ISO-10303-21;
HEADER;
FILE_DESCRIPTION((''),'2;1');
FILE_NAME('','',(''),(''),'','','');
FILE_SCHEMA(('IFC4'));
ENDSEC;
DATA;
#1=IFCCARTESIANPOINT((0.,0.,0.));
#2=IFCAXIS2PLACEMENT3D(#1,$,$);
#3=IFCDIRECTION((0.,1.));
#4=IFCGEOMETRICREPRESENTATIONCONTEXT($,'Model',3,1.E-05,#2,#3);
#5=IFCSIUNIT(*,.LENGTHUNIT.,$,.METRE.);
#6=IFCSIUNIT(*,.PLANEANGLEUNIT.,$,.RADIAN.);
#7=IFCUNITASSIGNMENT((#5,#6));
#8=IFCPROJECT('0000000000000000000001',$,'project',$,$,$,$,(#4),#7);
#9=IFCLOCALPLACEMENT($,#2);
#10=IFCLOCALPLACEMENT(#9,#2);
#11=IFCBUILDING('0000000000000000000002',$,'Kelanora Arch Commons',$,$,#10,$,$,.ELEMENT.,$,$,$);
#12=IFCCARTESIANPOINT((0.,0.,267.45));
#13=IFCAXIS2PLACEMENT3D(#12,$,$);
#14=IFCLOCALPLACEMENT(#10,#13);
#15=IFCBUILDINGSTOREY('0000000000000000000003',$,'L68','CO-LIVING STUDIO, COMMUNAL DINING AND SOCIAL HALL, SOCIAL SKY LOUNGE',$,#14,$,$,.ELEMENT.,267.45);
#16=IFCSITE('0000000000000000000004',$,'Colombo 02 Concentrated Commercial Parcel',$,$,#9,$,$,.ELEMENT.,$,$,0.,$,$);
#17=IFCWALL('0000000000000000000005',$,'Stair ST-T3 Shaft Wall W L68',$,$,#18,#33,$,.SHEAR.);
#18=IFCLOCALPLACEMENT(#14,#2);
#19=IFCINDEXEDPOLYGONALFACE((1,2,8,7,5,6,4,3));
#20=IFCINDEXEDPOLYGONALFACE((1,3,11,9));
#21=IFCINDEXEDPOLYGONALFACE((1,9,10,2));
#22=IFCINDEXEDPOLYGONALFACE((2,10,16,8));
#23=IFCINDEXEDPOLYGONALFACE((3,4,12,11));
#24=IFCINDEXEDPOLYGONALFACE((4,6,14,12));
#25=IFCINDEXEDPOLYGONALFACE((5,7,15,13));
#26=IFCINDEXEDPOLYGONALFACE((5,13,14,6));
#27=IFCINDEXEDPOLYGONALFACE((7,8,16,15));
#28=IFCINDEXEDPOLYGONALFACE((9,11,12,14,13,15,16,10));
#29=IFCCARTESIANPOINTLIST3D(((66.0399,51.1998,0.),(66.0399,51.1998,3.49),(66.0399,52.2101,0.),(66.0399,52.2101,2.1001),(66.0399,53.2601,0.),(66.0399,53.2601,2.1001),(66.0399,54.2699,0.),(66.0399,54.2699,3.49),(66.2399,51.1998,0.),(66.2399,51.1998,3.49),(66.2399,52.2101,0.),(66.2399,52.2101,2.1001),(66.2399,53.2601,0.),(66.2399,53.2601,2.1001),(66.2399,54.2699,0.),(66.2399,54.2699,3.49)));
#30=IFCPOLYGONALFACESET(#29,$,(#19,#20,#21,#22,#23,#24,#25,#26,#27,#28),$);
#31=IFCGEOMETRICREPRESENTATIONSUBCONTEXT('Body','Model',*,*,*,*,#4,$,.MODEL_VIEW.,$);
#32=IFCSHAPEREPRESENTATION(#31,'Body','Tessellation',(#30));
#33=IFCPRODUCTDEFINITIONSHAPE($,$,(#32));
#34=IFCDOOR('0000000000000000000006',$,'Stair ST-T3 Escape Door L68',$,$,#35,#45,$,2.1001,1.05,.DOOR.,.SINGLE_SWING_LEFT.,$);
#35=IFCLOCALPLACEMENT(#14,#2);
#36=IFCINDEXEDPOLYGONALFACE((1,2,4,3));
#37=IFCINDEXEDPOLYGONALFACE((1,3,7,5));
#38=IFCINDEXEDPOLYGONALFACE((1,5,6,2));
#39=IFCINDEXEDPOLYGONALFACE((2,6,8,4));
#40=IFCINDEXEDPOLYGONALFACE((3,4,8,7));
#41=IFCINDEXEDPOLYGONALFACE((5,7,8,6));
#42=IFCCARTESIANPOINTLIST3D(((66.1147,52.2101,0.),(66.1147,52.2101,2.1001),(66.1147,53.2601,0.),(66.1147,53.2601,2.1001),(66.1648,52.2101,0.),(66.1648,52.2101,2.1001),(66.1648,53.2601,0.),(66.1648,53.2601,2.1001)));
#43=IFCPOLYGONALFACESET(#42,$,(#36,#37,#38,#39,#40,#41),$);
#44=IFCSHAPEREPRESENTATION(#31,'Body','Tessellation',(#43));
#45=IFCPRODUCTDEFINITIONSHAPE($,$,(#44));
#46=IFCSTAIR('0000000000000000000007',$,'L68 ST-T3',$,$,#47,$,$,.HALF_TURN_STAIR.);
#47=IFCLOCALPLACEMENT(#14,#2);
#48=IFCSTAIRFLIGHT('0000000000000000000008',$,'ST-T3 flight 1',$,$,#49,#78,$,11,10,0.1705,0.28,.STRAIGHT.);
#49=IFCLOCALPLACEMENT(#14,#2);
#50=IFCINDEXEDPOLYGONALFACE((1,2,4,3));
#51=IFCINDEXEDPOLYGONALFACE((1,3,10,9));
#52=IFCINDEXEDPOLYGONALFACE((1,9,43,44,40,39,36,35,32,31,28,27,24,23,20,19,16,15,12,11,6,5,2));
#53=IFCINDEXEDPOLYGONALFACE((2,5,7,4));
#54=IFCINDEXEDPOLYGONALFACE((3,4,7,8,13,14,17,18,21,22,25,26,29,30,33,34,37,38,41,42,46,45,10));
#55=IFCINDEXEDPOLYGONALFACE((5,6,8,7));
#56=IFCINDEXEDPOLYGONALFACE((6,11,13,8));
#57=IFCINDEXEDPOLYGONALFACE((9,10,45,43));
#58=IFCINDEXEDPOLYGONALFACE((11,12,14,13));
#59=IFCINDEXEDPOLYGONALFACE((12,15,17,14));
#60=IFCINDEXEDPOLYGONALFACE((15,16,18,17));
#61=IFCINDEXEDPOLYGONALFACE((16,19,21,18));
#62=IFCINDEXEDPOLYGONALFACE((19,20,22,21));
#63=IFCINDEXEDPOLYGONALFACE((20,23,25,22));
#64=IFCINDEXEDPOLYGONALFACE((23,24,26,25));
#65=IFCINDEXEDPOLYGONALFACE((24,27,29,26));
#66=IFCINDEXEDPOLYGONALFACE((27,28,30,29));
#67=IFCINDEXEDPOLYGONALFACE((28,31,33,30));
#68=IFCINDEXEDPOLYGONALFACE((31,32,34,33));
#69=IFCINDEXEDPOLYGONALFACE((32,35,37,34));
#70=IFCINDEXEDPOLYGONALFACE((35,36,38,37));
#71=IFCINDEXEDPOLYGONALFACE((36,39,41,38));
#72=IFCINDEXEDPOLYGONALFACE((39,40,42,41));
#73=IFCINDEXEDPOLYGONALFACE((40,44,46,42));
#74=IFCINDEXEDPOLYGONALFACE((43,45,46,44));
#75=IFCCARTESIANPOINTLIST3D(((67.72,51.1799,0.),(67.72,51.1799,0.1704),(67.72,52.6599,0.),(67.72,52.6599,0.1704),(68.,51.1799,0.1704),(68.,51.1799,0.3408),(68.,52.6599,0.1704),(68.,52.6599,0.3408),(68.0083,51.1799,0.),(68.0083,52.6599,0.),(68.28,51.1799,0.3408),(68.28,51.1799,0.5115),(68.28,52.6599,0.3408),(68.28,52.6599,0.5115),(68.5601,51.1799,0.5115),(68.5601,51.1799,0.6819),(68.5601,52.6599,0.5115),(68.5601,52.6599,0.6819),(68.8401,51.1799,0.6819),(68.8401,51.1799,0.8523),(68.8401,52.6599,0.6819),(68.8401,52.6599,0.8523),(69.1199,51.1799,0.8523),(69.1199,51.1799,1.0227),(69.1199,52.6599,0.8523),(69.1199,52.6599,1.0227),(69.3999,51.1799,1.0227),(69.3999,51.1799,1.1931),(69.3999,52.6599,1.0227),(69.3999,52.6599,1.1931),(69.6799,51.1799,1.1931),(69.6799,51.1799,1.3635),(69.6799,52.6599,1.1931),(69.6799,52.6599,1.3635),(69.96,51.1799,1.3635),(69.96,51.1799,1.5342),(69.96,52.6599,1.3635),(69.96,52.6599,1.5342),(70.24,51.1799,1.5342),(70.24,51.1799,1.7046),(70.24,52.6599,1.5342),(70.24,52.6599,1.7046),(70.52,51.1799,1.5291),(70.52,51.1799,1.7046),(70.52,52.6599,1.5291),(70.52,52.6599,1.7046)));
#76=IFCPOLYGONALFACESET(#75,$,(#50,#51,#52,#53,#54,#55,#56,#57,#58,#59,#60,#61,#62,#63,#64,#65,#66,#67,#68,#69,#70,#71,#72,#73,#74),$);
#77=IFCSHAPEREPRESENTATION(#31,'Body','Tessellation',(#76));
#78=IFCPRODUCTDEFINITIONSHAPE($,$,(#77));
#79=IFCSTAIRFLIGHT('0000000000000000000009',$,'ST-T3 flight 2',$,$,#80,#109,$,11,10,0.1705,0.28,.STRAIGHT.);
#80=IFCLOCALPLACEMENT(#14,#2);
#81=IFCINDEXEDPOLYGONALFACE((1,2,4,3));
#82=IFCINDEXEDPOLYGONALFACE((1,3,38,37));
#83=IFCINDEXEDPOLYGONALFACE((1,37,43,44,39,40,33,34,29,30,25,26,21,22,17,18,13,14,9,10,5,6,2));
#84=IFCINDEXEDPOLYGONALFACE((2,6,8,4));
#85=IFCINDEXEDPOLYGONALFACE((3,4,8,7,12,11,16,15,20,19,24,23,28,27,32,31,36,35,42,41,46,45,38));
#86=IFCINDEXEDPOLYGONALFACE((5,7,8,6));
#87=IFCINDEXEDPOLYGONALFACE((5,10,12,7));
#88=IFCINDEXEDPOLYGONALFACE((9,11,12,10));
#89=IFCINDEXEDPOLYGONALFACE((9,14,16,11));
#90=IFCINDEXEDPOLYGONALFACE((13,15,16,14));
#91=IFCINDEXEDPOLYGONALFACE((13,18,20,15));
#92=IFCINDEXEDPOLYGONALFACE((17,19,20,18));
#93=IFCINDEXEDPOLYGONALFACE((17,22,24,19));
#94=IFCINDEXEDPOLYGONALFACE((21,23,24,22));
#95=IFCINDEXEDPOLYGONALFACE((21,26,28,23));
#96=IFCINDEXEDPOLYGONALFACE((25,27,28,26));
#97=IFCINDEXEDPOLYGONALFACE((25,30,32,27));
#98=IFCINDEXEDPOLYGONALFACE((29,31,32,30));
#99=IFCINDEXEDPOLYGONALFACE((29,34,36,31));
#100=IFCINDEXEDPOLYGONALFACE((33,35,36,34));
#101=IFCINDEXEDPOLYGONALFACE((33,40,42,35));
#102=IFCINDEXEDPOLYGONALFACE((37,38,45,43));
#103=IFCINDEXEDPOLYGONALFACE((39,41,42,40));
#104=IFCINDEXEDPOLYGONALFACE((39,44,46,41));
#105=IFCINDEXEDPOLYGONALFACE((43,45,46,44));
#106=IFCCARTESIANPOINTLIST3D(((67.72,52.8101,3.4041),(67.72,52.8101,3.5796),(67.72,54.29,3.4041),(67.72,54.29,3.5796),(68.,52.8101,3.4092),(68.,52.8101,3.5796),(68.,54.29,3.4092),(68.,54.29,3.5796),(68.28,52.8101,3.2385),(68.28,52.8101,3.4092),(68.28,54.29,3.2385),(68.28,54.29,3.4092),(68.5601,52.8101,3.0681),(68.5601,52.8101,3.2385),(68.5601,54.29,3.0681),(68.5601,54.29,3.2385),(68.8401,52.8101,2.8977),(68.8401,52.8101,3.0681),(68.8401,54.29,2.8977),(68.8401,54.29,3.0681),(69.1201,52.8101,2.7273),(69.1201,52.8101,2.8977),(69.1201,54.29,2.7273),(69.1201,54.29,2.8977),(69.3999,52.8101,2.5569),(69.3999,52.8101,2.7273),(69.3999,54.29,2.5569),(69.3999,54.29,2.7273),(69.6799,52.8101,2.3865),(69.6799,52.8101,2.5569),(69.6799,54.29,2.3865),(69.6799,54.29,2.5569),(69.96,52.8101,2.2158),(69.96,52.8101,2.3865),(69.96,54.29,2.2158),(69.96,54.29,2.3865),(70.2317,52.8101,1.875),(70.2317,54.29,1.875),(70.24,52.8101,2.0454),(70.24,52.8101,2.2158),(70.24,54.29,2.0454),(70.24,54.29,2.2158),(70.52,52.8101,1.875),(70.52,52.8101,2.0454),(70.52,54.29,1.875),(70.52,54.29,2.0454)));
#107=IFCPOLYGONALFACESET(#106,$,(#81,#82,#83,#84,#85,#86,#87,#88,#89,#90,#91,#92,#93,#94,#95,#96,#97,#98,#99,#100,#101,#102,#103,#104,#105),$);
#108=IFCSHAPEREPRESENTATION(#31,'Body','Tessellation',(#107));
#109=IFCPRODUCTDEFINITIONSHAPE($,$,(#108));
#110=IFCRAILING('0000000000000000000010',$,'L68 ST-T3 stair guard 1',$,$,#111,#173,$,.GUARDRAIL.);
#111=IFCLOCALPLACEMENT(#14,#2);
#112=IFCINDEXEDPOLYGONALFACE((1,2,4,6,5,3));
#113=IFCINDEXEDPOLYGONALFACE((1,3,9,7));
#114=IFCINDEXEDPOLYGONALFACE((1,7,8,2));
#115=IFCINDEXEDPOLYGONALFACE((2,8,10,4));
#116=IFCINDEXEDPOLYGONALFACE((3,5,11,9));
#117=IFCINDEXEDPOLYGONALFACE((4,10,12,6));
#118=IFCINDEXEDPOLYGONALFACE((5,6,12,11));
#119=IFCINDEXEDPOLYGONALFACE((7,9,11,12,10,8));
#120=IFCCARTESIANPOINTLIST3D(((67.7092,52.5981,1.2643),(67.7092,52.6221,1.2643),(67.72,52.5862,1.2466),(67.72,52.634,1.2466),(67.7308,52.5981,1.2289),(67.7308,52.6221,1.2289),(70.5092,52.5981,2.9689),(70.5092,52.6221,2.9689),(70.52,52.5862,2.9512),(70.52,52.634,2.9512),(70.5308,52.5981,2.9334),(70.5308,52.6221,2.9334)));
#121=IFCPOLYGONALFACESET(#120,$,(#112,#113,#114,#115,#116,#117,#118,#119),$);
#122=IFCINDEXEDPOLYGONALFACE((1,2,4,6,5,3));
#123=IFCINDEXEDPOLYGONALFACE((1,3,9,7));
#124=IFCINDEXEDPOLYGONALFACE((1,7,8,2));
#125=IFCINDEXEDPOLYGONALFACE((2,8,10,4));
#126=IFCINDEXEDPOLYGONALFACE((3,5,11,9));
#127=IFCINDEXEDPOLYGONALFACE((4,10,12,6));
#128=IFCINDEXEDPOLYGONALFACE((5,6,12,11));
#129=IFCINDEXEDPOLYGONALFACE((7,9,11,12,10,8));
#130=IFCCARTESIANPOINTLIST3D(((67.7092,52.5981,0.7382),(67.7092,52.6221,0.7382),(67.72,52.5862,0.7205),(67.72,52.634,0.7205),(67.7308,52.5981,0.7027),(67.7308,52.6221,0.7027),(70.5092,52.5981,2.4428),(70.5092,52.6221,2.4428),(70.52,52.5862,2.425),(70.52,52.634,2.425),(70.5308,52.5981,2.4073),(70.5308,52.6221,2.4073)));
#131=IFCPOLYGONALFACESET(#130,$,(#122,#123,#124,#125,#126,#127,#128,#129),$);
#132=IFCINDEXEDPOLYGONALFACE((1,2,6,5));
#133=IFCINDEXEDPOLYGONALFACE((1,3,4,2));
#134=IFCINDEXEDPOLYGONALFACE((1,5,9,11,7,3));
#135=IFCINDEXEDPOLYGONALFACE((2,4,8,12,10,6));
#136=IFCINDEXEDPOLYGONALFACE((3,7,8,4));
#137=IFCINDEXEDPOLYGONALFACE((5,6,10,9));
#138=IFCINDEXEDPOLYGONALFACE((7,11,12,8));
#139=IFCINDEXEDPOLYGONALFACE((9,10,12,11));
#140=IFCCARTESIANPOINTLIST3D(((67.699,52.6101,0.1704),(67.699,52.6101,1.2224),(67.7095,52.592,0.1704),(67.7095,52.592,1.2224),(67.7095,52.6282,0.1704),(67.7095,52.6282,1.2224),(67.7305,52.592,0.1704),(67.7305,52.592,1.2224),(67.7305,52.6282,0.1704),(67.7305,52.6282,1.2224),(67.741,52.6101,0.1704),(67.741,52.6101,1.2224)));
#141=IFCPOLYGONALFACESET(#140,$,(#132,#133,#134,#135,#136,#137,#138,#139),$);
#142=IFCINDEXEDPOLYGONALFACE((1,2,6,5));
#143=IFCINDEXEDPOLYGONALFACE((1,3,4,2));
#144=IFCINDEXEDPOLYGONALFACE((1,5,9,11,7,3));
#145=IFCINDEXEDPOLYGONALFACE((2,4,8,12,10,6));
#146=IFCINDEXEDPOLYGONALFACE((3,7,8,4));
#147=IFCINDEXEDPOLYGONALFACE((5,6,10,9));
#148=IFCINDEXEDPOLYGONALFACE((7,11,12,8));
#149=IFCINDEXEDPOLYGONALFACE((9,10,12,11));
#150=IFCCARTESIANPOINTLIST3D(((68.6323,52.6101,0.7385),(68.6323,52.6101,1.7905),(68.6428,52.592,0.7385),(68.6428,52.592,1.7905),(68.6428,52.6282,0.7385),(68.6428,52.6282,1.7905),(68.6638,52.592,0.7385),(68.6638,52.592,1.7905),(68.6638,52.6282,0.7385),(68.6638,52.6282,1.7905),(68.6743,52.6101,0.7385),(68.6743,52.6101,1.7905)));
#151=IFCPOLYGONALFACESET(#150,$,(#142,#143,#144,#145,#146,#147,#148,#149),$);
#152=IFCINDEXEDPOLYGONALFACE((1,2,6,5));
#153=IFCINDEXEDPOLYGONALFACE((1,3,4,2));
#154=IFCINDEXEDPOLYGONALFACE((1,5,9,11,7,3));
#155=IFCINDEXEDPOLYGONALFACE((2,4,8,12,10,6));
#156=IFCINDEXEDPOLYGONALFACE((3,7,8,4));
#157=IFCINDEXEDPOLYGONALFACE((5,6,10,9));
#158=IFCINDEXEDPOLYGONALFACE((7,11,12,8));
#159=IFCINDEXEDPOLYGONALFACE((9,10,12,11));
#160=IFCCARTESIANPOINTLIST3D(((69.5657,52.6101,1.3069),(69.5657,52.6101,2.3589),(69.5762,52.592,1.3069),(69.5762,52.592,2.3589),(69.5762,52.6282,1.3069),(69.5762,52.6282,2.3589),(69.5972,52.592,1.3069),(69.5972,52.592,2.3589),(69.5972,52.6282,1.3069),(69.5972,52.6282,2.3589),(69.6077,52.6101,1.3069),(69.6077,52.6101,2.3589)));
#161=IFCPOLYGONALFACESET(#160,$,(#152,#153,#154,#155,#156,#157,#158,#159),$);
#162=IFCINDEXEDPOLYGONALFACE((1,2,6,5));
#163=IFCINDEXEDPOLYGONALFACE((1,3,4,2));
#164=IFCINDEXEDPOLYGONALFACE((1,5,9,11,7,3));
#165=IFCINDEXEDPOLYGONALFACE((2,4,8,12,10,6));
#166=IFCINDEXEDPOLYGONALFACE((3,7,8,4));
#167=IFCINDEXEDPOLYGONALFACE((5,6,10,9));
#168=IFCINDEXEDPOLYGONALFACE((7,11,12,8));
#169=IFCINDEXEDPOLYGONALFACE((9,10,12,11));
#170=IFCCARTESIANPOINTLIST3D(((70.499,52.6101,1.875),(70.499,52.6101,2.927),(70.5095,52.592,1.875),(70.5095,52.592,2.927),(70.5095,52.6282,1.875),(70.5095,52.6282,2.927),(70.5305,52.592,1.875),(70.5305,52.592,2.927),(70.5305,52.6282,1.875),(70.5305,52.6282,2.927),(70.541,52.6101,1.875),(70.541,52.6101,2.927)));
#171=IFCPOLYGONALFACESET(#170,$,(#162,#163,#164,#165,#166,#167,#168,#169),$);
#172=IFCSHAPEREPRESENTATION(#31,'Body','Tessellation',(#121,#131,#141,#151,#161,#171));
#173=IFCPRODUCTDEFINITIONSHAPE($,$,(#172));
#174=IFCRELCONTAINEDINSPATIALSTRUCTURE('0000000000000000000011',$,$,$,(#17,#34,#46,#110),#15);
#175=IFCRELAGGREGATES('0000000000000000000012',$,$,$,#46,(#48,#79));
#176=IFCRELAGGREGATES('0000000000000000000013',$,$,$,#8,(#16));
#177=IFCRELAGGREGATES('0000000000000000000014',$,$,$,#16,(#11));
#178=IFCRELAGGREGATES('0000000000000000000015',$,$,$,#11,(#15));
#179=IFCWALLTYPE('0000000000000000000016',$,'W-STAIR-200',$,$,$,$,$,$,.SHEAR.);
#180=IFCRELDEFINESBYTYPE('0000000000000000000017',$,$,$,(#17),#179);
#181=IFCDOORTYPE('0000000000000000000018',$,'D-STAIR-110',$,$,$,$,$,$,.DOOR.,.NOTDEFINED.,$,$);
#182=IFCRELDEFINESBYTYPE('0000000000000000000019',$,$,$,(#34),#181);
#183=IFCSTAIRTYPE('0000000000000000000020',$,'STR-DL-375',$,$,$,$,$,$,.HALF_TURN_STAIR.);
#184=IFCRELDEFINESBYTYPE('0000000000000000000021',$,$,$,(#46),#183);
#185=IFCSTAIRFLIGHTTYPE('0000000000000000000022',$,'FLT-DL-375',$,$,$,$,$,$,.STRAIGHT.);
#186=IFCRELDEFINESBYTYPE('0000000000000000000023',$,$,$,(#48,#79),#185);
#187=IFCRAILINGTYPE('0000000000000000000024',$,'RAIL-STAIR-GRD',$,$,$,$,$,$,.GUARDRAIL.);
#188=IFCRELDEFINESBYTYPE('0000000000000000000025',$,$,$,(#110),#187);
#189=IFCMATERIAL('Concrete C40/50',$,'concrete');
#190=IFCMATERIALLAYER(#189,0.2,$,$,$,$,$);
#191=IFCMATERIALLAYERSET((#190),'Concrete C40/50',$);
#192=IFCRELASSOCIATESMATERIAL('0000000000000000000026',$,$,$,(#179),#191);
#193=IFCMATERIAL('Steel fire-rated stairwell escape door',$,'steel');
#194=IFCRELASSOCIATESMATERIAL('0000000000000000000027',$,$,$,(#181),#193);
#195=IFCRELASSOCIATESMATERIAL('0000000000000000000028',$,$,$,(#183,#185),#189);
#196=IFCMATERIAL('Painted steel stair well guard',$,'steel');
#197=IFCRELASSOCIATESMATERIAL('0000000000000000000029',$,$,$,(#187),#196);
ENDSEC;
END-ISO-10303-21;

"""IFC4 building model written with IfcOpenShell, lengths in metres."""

from ifc_helpers import new_model, si_unit, direction, frame, frame_2d, origin, place, context, subcontext, project, spatial, polyline, rectangle, outline, extrude, material, layer, layer_set, type_object, element, fill, aggregate, save


model = new_model("IFC4")

# Units and contexts
model_context = context("Model", 3, precision=1e-05, world=origin(), true_north=direction((0.0, 1.0)))
body_context = subcontext(model_context, "Body", "Model", "MODEL_VIEW")
ifc_project = project(units=[si_unit("LENGTHUNIT", "METRE"), si_unit("PLANEANGLEUNIT", "RADIAN")], contexts=[model_context])

# Site, building, storey
site_placement = place(None, origin())
site = spatial("IfcSite", under=ifc_project, at=site_placement, Name="Colombo 02 Concentrated Commercial Parcel", CompositionType="ELEMENT", RefElevation=0.0)
building_placement = place(site_placement, origin())
building = spatial("IfcBuilding", under=site, at=building_placement, Name="Kelanora Arch Commons", CompositionType="ELEMENT")
storey_placement = place(building_placement, frame((0.0, 0.0, 267.45)))
storey = spatial("IfcBuildingStorey", under=building, at=storey_placement, Name="L68", Description="CO-LIVING STUDIO, COMMUNAL DINING AND SOCIAL HALL, SOCIAL SKY LOUNGE", CompositionType="ELEMENT", Elevation=267.45)

# Shared definitions
ifc_material_1 = material(Name="Concrete C40/50", Category="concrete")

# Shared definitions
ifc_layer_1 = layer(ifc_material_1, 0.2)
ifc_layer_set_1 = layer_set([ifc_layer_1], Name="Concrete C40/50")
wall_type_1 = type_object("IfcWallType", Name="W-STAIR-200", PredefinedType="SHEAR", material=ifc_layer_set_1)

# Wall, opening, door
wall_1_placement = place(storey_placement, frame((66.1399, 54.27, 0.0), z_axis=(0.0, 0.0, 1.0), x_axis=(0.0, -1.0, 0.0)))
wall_1 = element("IfcWall", 1, at=wall_1_placement, inside=storey, type_object=wall_type_1, Name="Stair ST-T3 Shaft Wall W L68", PredefinedType="SHEAR", context=body_context, shape_type="SweptSolid", body=[
    extrude(rectangle(XDim=3.0701, YDim=0.2, at=frame_2d((1.5352, 0.0))), origin(), (0.0, 0.0, 1.0), 3.49),
])
opening_1_placement = place(wall_1_placement, frame((1.01, 0.0, 0.0)))
opening_1 = element("IfcOpeningElement", 2, at=opening_1_placement, cuts=wall_1, PredefinedType="OPENING", context=body_context, shape_type="SweptSolid", body=[
    extrude(rectangle(XDim=1.05, YDim=2.1001, at=frame_2d((0.5249, 1.05))), frame((0.0, 0.1099, 0.0), z_axis=(0.0, -1.0, 0.0), x_axis=(1.0, 0.0, 0.0)), (0.0, 0.0, 1.0), 0.22),
])
ifc_material_2 = material(Name="Steel fire-rated stairwell escape door", Category="steel")
door_type_1 = type_object("IfcDoorType", Name="D-STAIR-110", OperationType="NOTDEFINED", PredefinedType="DOOR", material=ifc_material_2)
door_1_placement = place(opening_1_placement, origin())
door_1 = element("IfcDoor", 3, at=door_1_placement, inside=storey, type_object=door_type_1, Name="Stair ST-T3 Escape Door L68", OperationType="SINGLE_SWING_LEFT", OverallHeight=2.1001, OverallWidth=1.05, PredefinedType="DOOR", context=body_context, shape_type="SweptSolid", body=[
    extrude(rectangle(XDim=1.05, YDim=2.1001, at=frame_2d((0.5249, 1.05))), frame((0.0, 0.0249, 0.0), z_axis=(0.0, -1.0, 0.0), x_axis=(1.0, 0.0, 0.0)), (0.0, 0.0, 1.0), 0.05),
])
fill(opening_1, door_1)

# Stair, stair flights
stair_type = type_object("IfcStairType", Name="STR-DL-375", PredefinedType="HALF_TURN_STAIR", material=ifc_material_1)
stair_placement = place(storey_placement, origin())
stair = element("IfcStair", 4, at=stair_placement, inside=storey, type_object=stair_type, Name="L68 ST-T3", PredefinedType="HALF_TURN_STAIR")
stair_flight_type = type_object("IfcStairFlightType", Name="FLT-DL-375", PredefinedType="STRAIGHT", material=ifc_material_1)
stair_flight_1_placement = place(storey_placement, frame((67.72, 51.9199, 0.0), z_axis=(0.0, 0.0, 1.0), x_axis=(1.0, 0.0, 0.0)))
stair_flight_1 = element("IfcStairFlight", 5, at=stair_flight_1_placement, type_object=stair_flight_type, Name="ST-T3 flight 1", NumberOfRisers=11, NumberOfTreads=10, PredefinedType="STRAIGHT", RiserHeight=0.1705, TreadLength=0.28, context=body_context, shape_type="SweptSolid", body=[
    extrude(outline(polyline([(0.0, 0.0), (0.0, 0.1704), (0.28, 0.1704), (0.28, 0.3408), (0.5601, 0.3408), (0.5601, 0.5115), (0.8401, 0.5115), (0.8401, 0.6819), (1.1201, 0.6819), (1.1201, 0.8523), (1.3999, 0.8523), (1.3999, 1.0227), (1.6799, 1.0227), (1.6799, 1.1931), (1.96, 1.1931), (1.96, 1.3635), (2.24, 1.3635), (2.24, 1.5342), (2.52, 1.5342), (2.52, 1.7046), (2.8, 1.7046), (2.8, 1.875), (2.8, 1.5291), (0.2883, 0.0), (0.0, 0.0)])), frame((0.0, 0.74, 0.0), z_axis=(0.0, -1.0, 0.0), x_axis=(1.0, 0.0, 0.0)), (0.0, 0.0, 1.0), 1.48),
])
stair_flight_2_placement = place(storey_placement, frame((70.52, 53.55, 1.875), z_axis=(0.0, 0.0, 1.0), x_axis=(-1.0, 0.0, 0.0)))
stair_flight_2 = element("IfcStairFlight", 6, at=stair_flight_2_placement, type_object=stair_flight_type, Name="ST-T3 flight 2", NumberOfRisers=11, NumberOfTreads=10, PredefinedType="STRAIGHT", RiserHeight=0.1705, TreadLength=0.28, context=body_context, shape_type="SweptSolid", body=[
    extrude(outline(polyline([(0.0, 0.0), (0.0, 0.1704), (0.28, 0.1704), (0.28, 0.3408), (0.5601, 0.3408), (0.5601, 0.5115), (0.8401, 0.5115), (0.8401, 0.6819), (1.1201, 0.6819), (1.1201, 0.8523), (1.3999, 0.8523), (1.3999, 1.0227), (1.6799, 1.0227), (1.6799, 1.1931), (1.96, 1.1931), (1.96, 1.3635), (2.24, 1.3635), (2.24, 1.5342), (2.52, 1.5342), (2.52, 1.7046), (2.8, 1.7046), (2.8, 1.875), (2.8, 1.5291), (0.2883, 0.0), (0.0, 0.0)])), frame((0.0, 0.74, 0.0), z_axis=(0.0, -1.0, 0.0), x_axis=(1.0, 0.0, 0.0)), (0.0, 0.0, 1.0), 1.48),
])
aggregate(stair, [stair_flight_1, stair_flight_2])

# Railing
ifc_material_3 = material(Name="Painted steel stair well guard", Category="steel")
railing_type_1 = type_object("IfcRailingType", Name="RAIL-STAIR-GRD", PredefinedType="GUARDRAIL", material=ifc_material_3)
railing_1_placement = place(storey_placement, frame((67.72, 52.6101, 0.1704)))
element("IfcRailing", 7, at=railing_1_placement, inside=storey, type_object=railing_type_1, Name="L68 ST-T3 stair guard 1", PredefinedType="GUARDRAIL", context=body_context, shape_type="SweptSolid", body=[
    extrude(outline(polyline([(0.0239, 0.0), (0.012, 0.0208), (-0.012, 0.0208), (-0.0239, 0.0), (-0.012, -0.0208), (0.012, -0.0208), (0.0239, 0.0)])), frame((0.0, 0.0, 1.0762), z_axis=(0.85417, 0.0, 0.519994), x_axis=(0.0, 1.0, 0.0)), (0.0, 0.0, 1.0), 3.2781),
    extrude(outline(polyline([(0.0239, 0.0), (0.012, 0.0208), (-0.012, 0.0208), (-0.0239, 0.0), (-0.012, -0.0208), (0.012, -0.0208), (0.0239, 0.0)])), frame((0.0, 0.0, 0.55), z_axis=(0.85417, 0.0, 0.519994), x_axis=(0.0, 1.0, 0.0)), (0.0, 0.0, 1.0), 3.2781),
    extrude(outline(polyline([(0.021, 0.0), (0.0105, 0.0181), (-0.0105, 0.0181), (-0.021, 0.0), (-0.0105, -0.0181), (0.0105, -0.0181), (0.021, 0.0)])), origin(), (0.0, 0.0, 1.0), 1.052),
    extrude(outline(polyline([(0.021, 0.0), (0.0105, 0.0181), (-0.0105, 0.0181), (-0.021, 0.0), (-0.0105, -0.0181), (0.0105, -0.0181), (0.021, 0.0)])), frame((0.9333, 0.0, 0.5681)), (0.0, 0.0, 1.0), 1.052),
    extrude(outline(polyline([(0.021, 0.0), (0.0105, 0.0181), (-0.0105, 0.0181), (-0.021, 0.0), (-0.0105, -0.0181), (0.0105, -0.0181), (0.021, 0.0)])), frame((1.8667, 0.0, 1.1365)), (0.0, 0.0, 1.0), 1.052),
    extrude(outline(polyline([(0.021, 0.0), (0.0105, 0.0181), (-0.0105, 0.0181), (-0.021, 0.0), (-0.0105, -0.0181), (0.0105, -0.0181), (0.021, 0.0)])), frame((2.8, 0.0, 1.7046)), (0.0, 0.0, 1.0), 1.052),
])

save(model, "model.ifc")
